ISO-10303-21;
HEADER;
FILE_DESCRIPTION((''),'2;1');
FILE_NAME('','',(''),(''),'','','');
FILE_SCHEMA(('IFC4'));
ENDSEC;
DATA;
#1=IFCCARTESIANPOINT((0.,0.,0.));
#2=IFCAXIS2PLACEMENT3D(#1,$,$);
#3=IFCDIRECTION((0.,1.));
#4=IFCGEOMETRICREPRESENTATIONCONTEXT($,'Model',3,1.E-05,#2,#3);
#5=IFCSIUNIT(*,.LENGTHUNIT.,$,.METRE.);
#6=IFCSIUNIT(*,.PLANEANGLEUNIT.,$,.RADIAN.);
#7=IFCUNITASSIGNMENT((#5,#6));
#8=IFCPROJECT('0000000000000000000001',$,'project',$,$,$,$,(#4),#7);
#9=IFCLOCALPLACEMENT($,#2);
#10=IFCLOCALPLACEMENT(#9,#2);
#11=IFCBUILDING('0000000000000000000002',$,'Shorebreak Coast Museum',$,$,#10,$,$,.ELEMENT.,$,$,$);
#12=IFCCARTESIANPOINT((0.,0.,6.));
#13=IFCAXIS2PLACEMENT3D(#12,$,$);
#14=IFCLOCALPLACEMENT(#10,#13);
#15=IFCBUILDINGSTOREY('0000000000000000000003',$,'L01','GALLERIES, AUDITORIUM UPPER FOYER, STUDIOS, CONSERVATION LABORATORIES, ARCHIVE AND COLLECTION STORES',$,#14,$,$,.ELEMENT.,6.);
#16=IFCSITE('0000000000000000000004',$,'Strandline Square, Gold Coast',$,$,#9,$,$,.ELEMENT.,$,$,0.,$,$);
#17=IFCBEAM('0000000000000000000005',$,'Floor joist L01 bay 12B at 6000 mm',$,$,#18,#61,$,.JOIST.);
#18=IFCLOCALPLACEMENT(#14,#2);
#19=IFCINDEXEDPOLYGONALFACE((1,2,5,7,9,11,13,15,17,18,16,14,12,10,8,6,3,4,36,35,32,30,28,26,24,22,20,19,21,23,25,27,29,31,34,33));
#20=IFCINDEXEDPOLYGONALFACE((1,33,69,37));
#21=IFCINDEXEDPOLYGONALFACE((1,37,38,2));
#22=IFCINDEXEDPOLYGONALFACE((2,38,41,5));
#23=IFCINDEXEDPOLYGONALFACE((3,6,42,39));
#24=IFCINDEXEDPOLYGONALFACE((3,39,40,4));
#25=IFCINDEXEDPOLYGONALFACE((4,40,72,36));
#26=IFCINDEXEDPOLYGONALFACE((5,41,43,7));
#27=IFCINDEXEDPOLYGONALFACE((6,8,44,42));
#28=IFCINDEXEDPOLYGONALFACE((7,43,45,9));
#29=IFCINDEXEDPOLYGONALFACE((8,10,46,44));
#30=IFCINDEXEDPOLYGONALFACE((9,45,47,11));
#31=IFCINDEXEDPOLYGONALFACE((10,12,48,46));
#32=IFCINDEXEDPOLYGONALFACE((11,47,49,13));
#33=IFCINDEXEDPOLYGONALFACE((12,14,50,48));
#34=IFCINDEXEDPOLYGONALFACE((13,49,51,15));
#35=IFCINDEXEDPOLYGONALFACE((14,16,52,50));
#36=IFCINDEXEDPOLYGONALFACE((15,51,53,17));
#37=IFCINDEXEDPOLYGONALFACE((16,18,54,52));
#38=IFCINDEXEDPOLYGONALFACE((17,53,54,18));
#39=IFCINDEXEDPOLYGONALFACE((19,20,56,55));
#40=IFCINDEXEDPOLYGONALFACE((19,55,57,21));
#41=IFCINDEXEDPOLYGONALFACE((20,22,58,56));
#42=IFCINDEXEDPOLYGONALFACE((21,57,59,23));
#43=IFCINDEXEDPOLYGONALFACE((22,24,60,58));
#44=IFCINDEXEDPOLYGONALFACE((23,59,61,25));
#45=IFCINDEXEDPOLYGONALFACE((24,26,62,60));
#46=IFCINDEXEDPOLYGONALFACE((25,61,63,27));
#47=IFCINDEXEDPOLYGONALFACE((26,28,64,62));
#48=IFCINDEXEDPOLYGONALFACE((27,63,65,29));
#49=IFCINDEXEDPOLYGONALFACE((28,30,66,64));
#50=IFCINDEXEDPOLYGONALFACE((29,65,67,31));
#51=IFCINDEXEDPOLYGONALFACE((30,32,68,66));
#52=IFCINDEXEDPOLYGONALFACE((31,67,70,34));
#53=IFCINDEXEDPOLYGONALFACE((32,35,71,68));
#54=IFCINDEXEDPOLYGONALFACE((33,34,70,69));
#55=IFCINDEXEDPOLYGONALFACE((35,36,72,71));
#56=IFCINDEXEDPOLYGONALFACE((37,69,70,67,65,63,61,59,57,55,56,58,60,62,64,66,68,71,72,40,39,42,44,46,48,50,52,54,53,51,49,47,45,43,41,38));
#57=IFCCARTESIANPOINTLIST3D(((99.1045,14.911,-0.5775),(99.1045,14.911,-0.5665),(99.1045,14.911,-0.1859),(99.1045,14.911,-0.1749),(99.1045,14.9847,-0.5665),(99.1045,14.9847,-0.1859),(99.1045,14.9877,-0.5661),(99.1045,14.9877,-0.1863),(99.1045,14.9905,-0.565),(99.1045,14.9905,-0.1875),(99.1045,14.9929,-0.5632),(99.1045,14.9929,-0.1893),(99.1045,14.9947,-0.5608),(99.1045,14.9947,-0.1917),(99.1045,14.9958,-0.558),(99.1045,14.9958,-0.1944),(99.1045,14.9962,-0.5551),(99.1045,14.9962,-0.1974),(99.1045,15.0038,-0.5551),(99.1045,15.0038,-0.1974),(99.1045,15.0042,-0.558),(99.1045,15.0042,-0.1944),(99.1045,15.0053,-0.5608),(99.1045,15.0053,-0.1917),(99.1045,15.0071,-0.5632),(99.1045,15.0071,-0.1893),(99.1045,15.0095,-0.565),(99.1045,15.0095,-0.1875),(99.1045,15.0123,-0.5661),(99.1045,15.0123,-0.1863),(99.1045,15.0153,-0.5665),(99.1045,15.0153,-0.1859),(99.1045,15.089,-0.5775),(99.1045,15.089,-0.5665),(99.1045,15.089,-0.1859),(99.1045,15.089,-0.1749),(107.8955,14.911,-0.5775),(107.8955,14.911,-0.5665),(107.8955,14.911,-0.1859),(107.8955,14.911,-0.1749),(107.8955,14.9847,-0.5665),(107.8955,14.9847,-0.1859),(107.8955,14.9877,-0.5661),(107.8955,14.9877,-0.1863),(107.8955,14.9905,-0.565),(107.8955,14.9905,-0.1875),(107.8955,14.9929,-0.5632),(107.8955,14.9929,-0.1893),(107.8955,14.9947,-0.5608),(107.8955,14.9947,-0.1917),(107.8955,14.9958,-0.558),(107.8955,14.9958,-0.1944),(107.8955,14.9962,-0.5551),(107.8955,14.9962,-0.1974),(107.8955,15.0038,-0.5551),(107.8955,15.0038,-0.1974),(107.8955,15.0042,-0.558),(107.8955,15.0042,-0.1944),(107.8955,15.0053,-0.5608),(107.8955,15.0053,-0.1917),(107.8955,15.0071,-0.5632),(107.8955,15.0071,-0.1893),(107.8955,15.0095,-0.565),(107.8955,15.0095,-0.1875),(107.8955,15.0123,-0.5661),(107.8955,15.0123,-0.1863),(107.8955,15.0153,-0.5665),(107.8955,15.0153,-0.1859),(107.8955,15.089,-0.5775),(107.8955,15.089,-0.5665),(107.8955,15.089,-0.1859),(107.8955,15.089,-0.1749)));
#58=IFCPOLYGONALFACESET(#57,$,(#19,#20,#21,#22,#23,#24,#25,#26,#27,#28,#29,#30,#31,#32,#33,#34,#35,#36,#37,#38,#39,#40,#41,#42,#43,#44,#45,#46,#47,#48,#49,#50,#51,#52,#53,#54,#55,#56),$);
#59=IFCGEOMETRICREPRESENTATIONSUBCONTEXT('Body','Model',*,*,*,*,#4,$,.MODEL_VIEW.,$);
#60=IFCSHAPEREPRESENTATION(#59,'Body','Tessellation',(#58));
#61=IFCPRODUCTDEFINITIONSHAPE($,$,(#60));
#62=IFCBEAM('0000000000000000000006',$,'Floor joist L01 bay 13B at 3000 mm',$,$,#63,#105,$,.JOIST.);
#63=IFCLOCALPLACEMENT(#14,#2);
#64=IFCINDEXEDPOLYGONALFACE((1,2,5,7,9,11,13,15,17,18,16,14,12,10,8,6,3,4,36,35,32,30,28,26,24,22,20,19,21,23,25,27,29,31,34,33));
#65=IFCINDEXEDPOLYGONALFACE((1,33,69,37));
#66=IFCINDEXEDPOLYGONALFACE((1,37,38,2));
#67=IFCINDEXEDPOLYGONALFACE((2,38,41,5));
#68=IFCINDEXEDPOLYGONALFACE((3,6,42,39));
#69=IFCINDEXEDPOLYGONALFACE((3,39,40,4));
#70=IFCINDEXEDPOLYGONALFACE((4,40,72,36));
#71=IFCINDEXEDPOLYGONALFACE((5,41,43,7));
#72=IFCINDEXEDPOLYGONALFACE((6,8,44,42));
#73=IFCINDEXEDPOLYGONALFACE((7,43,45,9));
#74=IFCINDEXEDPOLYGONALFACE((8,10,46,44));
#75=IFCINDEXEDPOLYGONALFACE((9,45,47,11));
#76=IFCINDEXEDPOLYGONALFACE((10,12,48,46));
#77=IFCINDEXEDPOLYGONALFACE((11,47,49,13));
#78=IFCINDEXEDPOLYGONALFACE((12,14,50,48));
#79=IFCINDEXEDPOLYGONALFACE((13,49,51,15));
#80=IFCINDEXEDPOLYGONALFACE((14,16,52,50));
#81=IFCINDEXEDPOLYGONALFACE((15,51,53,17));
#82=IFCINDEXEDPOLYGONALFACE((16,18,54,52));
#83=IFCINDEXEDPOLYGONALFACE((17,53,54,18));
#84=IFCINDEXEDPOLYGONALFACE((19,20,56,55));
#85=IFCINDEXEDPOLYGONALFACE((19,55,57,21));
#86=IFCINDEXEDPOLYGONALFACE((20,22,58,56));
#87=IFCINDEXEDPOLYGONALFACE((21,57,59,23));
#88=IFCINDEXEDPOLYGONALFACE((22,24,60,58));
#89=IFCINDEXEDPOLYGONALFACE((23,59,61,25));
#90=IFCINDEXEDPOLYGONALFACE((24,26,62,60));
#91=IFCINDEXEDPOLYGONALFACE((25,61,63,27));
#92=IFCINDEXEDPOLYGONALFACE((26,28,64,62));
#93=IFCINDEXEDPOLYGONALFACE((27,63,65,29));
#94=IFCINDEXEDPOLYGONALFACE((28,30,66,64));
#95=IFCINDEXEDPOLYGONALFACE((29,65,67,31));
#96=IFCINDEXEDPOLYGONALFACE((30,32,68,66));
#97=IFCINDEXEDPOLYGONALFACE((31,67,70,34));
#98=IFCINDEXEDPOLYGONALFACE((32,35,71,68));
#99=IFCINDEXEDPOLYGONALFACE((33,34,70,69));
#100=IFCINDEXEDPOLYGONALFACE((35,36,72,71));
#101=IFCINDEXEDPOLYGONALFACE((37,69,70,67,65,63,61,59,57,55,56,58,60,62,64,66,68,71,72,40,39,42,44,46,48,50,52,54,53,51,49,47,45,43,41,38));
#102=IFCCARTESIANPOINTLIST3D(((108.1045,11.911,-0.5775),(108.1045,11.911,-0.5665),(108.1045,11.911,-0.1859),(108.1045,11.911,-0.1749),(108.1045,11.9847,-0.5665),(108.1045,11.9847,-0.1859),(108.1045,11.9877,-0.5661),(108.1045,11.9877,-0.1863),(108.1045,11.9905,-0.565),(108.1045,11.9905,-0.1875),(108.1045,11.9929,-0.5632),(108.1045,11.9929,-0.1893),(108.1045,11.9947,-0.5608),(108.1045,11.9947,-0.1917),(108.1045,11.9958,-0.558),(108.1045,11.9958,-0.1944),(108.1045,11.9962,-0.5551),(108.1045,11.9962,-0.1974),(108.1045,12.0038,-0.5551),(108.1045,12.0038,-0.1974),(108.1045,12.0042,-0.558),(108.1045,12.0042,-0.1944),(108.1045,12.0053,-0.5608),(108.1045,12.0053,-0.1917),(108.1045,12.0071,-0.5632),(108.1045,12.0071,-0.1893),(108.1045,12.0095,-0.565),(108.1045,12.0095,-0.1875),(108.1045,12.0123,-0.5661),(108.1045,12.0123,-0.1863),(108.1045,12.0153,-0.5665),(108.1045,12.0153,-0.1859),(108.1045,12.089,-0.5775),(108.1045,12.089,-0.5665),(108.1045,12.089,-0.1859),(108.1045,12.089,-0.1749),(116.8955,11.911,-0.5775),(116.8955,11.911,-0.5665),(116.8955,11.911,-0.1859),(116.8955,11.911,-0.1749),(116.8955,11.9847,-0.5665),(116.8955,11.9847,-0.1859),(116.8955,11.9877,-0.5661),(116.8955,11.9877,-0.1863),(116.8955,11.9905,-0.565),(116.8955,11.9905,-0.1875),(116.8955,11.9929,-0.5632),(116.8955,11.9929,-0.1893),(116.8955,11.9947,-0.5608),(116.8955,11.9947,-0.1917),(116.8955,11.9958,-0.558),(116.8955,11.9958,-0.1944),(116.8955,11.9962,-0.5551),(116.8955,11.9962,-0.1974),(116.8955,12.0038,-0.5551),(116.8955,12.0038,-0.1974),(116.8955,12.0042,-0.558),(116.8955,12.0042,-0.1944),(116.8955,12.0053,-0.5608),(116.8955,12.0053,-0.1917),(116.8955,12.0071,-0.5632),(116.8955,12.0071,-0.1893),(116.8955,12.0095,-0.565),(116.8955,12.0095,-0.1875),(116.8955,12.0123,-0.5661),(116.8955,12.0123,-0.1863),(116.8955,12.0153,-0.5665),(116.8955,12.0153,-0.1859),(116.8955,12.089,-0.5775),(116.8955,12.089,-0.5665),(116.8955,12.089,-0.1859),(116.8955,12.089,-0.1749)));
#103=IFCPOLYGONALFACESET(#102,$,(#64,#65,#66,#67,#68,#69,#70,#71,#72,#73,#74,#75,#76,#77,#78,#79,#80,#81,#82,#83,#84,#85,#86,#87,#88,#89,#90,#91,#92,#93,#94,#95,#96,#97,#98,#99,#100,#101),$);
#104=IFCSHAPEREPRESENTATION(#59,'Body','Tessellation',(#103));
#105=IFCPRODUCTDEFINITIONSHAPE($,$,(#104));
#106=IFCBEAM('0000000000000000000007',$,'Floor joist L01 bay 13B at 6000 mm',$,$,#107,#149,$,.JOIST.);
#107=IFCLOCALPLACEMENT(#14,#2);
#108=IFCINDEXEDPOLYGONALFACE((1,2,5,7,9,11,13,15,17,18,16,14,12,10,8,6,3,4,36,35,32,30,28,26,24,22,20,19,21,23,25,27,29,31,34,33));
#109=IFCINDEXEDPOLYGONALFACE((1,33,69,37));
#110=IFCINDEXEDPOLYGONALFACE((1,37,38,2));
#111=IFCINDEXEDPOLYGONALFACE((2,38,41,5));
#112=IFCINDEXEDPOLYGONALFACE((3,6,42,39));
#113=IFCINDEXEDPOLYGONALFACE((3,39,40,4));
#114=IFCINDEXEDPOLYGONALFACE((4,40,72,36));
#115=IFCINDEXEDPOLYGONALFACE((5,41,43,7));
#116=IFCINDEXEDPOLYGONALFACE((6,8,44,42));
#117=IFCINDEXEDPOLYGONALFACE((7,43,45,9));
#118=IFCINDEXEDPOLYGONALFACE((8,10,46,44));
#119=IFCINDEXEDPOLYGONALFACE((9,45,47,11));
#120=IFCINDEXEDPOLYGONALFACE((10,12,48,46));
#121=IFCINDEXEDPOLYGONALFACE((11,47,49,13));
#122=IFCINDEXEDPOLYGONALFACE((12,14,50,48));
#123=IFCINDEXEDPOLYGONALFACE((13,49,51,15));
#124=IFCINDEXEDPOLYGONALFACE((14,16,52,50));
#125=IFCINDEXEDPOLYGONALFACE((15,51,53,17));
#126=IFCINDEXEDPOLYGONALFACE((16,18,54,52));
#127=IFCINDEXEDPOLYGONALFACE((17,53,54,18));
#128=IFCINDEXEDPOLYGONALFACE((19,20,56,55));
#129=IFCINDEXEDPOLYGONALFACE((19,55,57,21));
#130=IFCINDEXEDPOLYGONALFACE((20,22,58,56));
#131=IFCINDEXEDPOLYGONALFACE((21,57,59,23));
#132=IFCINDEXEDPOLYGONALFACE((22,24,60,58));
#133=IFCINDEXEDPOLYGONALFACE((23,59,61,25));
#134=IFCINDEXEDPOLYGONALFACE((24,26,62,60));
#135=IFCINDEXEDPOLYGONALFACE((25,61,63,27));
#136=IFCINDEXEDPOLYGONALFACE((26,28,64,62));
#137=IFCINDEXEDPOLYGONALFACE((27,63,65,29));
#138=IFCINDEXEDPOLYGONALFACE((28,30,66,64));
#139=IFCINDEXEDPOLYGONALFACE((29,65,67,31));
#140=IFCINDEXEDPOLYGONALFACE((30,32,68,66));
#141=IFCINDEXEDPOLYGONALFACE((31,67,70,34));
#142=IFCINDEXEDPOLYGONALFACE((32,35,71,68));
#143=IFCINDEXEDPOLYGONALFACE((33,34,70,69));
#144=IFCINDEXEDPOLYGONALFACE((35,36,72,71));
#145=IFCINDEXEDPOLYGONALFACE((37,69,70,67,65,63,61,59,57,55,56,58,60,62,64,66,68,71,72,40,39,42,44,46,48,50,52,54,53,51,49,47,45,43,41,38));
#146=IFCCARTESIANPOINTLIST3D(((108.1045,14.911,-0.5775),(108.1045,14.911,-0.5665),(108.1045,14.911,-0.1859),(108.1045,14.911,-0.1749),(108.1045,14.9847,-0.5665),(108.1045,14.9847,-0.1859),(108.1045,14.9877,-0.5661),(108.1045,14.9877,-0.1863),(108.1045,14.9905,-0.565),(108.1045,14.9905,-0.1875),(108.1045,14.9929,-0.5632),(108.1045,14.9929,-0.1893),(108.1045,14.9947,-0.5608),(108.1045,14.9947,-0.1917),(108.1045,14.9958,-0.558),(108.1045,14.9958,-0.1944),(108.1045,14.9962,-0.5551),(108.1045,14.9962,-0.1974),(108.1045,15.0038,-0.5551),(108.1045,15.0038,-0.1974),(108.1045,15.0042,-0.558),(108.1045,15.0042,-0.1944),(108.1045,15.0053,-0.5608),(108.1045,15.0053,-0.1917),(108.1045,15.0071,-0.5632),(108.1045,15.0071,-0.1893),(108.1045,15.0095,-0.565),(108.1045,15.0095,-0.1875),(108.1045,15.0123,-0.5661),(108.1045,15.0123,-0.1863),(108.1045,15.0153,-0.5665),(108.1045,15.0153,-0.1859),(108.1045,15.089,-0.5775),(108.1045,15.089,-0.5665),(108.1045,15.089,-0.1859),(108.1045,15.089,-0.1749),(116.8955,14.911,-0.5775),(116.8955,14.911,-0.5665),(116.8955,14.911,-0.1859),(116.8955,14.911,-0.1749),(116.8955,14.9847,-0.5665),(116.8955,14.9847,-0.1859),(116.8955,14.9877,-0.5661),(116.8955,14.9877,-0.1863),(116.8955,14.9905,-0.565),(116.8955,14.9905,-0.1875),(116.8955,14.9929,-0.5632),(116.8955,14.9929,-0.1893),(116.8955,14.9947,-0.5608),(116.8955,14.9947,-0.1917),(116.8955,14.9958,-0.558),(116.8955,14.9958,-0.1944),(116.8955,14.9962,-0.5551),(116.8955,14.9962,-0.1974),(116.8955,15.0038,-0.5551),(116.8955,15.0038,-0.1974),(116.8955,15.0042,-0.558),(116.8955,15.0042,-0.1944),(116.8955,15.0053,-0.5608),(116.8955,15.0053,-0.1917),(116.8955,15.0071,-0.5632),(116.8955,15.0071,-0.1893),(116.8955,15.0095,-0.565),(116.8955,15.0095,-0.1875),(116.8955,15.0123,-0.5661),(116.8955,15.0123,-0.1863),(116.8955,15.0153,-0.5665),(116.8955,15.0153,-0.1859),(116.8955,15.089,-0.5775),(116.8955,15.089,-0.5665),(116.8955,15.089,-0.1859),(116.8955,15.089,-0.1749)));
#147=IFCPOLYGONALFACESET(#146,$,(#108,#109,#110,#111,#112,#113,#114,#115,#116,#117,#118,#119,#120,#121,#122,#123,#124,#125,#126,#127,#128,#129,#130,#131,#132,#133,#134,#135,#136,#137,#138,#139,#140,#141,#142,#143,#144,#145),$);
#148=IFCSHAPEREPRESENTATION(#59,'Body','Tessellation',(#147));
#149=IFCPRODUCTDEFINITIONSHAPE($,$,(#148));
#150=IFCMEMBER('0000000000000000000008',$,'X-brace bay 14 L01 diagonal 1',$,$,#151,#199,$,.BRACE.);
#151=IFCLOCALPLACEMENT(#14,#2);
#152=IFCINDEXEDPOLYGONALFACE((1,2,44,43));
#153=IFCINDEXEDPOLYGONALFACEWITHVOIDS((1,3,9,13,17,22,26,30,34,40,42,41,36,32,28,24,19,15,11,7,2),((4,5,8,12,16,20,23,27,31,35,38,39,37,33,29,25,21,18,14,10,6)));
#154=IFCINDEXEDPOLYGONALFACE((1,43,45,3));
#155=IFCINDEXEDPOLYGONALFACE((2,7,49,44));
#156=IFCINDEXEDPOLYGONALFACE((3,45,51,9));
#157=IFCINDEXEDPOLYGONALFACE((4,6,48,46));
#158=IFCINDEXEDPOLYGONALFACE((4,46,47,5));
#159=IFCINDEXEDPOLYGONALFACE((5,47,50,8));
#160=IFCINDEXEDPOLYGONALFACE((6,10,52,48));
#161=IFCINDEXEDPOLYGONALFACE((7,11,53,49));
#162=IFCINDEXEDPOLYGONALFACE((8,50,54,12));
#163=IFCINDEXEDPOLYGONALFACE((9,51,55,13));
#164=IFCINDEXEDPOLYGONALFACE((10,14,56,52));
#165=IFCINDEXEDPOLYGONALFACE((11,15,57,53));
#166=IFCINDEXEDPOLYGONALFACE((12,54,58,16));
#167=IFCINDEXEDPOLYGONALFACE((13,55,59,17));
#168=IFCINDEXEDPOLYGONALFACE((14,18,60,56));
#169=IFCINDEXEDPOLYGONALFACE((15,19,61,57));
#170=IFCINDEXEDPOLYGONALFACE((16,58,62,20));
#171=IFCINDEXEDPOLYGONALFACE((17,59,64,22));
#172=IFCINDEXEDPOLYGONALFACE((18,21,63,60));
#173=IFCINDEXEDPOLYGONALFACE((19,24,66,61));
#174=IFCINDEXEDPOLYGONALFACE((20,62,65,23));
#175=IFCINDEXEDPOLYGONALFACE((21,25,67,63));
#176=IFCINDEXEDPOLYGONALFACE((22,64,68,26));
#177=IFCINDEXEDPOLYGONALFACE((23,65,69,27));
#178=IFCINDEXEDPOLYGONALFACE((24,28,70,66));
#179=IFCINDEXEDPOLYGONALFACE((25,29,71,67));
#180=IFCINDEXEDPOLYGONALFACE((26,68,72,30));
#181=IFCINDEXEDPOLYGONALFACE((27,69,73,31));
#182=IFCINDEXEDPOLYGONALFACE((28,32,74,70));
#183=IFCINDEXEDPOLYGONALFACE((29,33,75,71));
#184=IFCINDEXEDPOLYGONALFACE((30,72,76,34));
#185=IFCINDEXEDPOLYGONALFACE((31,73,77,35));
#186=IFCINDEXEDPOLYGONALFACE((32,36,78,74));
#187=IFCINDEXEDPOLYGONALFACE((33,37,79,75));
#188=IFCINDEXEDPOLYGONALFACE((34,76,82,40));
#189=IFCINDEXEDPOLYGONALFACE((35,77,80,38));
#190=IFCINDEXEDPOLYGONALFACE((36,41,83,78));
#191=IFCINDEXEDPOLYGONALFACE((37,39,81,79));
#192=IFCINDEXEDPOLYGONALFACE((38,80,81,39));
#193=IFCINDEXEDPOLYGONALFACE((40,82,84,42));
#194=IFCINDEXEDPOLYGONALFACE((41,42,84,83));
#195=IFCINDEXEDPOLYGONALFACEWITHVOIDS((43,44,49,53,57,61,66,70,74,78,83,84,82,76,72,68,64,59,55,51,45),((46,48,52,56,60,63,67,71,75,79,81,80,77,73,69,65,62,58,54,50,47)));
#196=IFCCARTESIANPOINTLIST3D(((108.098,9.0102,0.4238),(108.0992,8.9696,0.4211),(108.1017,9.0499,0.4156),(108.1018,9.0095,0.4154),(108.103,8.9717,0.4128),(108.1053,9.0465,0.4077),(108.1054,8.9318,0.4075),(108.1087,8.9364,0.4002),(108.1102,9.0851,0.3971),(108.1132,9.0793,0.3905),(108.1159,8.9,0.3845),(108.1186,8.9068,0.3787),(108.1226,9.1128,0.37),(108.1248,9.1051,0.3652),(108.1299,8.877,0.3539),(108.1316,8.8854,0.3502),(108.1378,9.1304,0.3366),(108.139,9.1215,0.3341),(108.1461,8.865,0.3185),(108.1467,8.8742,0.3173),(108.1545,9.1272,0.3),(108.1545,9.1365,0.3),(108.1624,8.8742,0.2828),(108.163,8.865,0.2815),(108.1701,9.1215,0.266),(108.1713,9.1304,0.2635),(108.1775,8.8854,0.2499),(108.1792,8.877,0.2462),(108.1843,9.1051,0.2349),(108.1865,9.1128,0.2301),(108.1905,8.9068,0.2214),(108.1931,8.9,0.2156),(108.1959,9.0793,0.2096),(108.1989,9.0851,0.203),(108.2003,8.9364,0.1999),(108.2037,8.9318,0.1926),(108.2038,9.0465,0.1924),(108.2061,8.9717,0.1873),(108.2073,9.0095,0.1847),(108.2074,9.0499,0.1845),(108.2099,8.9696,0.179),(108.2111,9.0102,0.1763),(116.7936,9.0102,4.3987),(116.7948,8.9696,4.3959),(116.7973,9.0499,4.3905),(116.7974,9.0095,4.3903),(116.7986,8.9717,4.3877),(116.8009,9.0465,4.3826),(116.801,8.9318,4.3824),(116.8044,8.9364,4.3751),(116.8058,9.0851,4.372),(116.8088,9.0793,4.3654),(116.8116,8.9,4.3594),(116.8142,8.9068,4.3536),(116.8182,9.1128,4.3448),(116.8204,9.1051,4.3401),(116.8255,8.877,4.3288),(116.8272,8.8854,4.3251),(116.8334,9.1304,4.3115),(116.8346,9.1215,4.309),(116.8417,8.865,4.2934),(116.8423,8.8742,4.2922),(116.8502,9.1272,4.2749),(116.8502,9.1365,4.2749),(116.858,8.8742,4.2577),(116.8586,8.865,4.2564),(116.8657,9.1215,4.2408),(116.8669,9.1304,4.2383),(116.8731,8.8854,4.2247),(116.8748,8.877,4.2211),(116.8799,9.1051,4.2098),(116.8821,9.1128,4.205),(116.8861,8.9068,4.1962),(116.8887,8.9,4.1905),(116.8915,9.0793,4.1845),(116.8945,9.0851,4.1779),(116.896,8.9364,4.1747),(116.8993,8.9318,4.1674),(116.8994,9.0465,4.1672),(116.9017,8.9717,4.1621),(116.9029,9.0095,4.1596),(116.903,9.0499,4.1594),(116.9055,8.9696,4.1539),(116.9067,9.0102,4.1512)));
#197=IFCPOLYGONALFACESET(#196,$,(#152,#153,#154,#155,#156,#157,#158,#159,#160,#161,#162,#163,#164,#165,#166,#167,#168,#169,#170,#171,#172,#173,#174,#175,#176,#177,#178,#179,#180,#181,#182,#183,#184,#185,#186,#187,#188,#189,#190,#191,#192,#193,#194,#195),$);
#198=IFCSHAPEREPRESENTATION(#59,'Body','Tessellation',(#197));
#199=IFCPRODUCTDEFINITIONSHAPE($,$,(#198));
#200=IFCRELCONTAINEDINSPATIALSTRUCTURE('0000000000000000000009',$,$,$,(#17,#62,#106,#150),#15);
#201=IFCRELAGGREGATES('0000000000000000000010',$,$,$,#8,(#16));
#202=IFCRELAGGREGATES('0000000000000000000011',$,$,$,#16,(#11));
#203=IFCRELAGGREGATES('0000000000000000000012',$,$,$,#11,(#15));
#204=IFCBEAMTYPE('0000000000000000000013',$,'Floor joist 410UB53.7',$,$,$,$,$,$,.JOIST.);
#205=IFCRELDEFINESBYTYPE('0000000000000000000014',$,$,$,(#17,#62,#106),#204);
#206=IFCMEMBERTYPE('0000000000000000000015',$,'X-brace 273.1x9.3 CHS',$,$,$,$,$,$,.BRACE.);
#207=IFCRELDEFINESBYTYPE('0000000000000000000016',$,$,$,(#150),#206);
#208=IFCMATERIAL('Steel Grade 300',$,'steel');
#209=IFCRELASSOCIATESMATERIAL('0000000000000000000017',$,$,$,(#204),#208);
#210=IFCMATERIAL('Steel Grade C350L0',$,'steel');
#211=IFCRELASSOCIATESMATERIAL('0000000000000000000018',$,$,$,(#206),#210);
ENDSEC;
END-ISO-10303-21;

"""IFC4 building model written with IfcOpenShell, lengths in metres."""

from ifc_helpers import new_model, si_unit, direction, frame, origin, origin_2d, place, context, subcontext, project, spatial, hollow_circle, i_section, extrude, material, material_profile, profile_set, type_object, element, save


model = new_model("IFC4")

# Units and contexts
model_context = context("Model", 3, precision=1e-05, world=origin(), true_north=direction((0.0, 1.0)))
body_context = subcontext(model_context, "Body", "Model", "MODEL_VIEW")
ifc_project = project(units=[si_unit("LENGTHUNIT", "METRE"), si_unit("PLANEANGLEUNIT", "RADIAN")], contexts=[model_context])

# Site, building, storey
site_placement = place(None, origin())
site = spatial("IfcSite", under=ifc_project, at=site_placement, Name="Strandline Square, Gold Coast", CompositionType="ELEMENT", RefElevation=0.0)
building_placement = place(site_placement, origin())
building = spatial("IfcBuilding", under=site, at=building_placement, Name="Shorebreak Coast Museum", CompositionType="ELEMENT")
storey_placement = place(building_placement, frame((0.0, 0.0, 6.0)))
storey = spatial("IfcBuildingStorey", under=building, at=storey_placement, Name="L01", Description="GALLERIES, AUDITORIUM UPPER FOYER, STUDIOS, CONSERVATION LABORATORIES, ARCHIVE AND COLLECTION STORES", CompositionType="ELEMENT", Elevation=6.0)

# Beams
ifc_material_1 = material(Name="Steel Grade 300", Category="steel")
ifc_material_profile_1 = material_profile(ifc_material_1, i_section(OverallWidth=0.178, OverallDepth=0.4026, WebThickness=0.0076, FlangeThickness=0.011, FilletRadius=0.0115, at=origin_2d()), Name="410UB53.7")
ifc_profile_set_1 = profile_set([ifc_material_profile_1], Name="Steel Grade 300")
beam_type_1 = type_object("IfcBeamType", Name="Floor joist 410UB53.7", PredefinedType="JOIST", material=ifc_profile_set_1)
for number, where, z_axis, x_axis, name in (
    (1, (99.1045, 15.0, -0.3762), (1.0, 0.0, 0.0), (0.0, 1.0, 0.0), "Floor joist L01 bay 12B at 6000 mm"),
    (2, (108.1045, 12.0, -0.3762), (1.0, 0.0, 0.0), (0.0, 1.0, 0.0), "Floor joist L01 bay 13B at 3000 mm"),
    (3, (108.1045, 15.0, -0.3762), (1.0, 0.0, 0.0), (0.0, 1.0, 0.0), "Floor joist L01 bay 13B at 6000 mm"),
):
    element("IfcBeam", number, at=place(storey_placement, frame(where, z_axis=z_axis, x_axis=x_axis)), inside=storey, type_object=beam_type_1, Name=name, PredefinedType="JOIST", context=body_context, shape_type="SweptSolid", body=[
        extrude(i_section(OverallWidth=0.178, OverallDepth=0.4026, WebThickness=0.0076, FlangeThickness=0.011, FilletRadius=0.0115, at=origin_2d()), origin(), (0.0, 0.0, 1.0), 8.791),
    ])

# Member
ifc_material_2 = material(Name="Steel Grade C350L0", Category="steel")
ifc_material_profile_2 = material_profile(ifc_material_2, hollow_circle(Radius=0.1365, WallThickness=0.0093, at=origin_2d()), Name="273.1x9.3 CHS")
ifc_profile_set_2 = profile_set([ifc_material_profile_2], Name="Steel Grade C350L0")
member_type = type_object("IfcMemberType", Name="X-brace 273.1x9.3 CHS", PredefinedType="BRACE", material=ifc_profile_set_2)
member_placement = place(storey_placement, frame((108.1545, 9.0, 0.3), z_axis=(0.909485, 0.0, 0.415737), x_axis=(0.0, 1.0, 0.0)))
element("IfcMember", 4, at=member_placement, inside=storey, type_object=member_type, Name="X-brace bay 14 L01 diagonal 1", PredefinedType="BRACE", context=body_context, shape_type="SweptSolid", body=[
    extrude(hollow_circle(Radius=0.1365, WallThickness=0.0093, at=origin_2d()), origin(), (0.0, 0.0, 1.0), 9.561),
])

save(model, "model.ifc")
